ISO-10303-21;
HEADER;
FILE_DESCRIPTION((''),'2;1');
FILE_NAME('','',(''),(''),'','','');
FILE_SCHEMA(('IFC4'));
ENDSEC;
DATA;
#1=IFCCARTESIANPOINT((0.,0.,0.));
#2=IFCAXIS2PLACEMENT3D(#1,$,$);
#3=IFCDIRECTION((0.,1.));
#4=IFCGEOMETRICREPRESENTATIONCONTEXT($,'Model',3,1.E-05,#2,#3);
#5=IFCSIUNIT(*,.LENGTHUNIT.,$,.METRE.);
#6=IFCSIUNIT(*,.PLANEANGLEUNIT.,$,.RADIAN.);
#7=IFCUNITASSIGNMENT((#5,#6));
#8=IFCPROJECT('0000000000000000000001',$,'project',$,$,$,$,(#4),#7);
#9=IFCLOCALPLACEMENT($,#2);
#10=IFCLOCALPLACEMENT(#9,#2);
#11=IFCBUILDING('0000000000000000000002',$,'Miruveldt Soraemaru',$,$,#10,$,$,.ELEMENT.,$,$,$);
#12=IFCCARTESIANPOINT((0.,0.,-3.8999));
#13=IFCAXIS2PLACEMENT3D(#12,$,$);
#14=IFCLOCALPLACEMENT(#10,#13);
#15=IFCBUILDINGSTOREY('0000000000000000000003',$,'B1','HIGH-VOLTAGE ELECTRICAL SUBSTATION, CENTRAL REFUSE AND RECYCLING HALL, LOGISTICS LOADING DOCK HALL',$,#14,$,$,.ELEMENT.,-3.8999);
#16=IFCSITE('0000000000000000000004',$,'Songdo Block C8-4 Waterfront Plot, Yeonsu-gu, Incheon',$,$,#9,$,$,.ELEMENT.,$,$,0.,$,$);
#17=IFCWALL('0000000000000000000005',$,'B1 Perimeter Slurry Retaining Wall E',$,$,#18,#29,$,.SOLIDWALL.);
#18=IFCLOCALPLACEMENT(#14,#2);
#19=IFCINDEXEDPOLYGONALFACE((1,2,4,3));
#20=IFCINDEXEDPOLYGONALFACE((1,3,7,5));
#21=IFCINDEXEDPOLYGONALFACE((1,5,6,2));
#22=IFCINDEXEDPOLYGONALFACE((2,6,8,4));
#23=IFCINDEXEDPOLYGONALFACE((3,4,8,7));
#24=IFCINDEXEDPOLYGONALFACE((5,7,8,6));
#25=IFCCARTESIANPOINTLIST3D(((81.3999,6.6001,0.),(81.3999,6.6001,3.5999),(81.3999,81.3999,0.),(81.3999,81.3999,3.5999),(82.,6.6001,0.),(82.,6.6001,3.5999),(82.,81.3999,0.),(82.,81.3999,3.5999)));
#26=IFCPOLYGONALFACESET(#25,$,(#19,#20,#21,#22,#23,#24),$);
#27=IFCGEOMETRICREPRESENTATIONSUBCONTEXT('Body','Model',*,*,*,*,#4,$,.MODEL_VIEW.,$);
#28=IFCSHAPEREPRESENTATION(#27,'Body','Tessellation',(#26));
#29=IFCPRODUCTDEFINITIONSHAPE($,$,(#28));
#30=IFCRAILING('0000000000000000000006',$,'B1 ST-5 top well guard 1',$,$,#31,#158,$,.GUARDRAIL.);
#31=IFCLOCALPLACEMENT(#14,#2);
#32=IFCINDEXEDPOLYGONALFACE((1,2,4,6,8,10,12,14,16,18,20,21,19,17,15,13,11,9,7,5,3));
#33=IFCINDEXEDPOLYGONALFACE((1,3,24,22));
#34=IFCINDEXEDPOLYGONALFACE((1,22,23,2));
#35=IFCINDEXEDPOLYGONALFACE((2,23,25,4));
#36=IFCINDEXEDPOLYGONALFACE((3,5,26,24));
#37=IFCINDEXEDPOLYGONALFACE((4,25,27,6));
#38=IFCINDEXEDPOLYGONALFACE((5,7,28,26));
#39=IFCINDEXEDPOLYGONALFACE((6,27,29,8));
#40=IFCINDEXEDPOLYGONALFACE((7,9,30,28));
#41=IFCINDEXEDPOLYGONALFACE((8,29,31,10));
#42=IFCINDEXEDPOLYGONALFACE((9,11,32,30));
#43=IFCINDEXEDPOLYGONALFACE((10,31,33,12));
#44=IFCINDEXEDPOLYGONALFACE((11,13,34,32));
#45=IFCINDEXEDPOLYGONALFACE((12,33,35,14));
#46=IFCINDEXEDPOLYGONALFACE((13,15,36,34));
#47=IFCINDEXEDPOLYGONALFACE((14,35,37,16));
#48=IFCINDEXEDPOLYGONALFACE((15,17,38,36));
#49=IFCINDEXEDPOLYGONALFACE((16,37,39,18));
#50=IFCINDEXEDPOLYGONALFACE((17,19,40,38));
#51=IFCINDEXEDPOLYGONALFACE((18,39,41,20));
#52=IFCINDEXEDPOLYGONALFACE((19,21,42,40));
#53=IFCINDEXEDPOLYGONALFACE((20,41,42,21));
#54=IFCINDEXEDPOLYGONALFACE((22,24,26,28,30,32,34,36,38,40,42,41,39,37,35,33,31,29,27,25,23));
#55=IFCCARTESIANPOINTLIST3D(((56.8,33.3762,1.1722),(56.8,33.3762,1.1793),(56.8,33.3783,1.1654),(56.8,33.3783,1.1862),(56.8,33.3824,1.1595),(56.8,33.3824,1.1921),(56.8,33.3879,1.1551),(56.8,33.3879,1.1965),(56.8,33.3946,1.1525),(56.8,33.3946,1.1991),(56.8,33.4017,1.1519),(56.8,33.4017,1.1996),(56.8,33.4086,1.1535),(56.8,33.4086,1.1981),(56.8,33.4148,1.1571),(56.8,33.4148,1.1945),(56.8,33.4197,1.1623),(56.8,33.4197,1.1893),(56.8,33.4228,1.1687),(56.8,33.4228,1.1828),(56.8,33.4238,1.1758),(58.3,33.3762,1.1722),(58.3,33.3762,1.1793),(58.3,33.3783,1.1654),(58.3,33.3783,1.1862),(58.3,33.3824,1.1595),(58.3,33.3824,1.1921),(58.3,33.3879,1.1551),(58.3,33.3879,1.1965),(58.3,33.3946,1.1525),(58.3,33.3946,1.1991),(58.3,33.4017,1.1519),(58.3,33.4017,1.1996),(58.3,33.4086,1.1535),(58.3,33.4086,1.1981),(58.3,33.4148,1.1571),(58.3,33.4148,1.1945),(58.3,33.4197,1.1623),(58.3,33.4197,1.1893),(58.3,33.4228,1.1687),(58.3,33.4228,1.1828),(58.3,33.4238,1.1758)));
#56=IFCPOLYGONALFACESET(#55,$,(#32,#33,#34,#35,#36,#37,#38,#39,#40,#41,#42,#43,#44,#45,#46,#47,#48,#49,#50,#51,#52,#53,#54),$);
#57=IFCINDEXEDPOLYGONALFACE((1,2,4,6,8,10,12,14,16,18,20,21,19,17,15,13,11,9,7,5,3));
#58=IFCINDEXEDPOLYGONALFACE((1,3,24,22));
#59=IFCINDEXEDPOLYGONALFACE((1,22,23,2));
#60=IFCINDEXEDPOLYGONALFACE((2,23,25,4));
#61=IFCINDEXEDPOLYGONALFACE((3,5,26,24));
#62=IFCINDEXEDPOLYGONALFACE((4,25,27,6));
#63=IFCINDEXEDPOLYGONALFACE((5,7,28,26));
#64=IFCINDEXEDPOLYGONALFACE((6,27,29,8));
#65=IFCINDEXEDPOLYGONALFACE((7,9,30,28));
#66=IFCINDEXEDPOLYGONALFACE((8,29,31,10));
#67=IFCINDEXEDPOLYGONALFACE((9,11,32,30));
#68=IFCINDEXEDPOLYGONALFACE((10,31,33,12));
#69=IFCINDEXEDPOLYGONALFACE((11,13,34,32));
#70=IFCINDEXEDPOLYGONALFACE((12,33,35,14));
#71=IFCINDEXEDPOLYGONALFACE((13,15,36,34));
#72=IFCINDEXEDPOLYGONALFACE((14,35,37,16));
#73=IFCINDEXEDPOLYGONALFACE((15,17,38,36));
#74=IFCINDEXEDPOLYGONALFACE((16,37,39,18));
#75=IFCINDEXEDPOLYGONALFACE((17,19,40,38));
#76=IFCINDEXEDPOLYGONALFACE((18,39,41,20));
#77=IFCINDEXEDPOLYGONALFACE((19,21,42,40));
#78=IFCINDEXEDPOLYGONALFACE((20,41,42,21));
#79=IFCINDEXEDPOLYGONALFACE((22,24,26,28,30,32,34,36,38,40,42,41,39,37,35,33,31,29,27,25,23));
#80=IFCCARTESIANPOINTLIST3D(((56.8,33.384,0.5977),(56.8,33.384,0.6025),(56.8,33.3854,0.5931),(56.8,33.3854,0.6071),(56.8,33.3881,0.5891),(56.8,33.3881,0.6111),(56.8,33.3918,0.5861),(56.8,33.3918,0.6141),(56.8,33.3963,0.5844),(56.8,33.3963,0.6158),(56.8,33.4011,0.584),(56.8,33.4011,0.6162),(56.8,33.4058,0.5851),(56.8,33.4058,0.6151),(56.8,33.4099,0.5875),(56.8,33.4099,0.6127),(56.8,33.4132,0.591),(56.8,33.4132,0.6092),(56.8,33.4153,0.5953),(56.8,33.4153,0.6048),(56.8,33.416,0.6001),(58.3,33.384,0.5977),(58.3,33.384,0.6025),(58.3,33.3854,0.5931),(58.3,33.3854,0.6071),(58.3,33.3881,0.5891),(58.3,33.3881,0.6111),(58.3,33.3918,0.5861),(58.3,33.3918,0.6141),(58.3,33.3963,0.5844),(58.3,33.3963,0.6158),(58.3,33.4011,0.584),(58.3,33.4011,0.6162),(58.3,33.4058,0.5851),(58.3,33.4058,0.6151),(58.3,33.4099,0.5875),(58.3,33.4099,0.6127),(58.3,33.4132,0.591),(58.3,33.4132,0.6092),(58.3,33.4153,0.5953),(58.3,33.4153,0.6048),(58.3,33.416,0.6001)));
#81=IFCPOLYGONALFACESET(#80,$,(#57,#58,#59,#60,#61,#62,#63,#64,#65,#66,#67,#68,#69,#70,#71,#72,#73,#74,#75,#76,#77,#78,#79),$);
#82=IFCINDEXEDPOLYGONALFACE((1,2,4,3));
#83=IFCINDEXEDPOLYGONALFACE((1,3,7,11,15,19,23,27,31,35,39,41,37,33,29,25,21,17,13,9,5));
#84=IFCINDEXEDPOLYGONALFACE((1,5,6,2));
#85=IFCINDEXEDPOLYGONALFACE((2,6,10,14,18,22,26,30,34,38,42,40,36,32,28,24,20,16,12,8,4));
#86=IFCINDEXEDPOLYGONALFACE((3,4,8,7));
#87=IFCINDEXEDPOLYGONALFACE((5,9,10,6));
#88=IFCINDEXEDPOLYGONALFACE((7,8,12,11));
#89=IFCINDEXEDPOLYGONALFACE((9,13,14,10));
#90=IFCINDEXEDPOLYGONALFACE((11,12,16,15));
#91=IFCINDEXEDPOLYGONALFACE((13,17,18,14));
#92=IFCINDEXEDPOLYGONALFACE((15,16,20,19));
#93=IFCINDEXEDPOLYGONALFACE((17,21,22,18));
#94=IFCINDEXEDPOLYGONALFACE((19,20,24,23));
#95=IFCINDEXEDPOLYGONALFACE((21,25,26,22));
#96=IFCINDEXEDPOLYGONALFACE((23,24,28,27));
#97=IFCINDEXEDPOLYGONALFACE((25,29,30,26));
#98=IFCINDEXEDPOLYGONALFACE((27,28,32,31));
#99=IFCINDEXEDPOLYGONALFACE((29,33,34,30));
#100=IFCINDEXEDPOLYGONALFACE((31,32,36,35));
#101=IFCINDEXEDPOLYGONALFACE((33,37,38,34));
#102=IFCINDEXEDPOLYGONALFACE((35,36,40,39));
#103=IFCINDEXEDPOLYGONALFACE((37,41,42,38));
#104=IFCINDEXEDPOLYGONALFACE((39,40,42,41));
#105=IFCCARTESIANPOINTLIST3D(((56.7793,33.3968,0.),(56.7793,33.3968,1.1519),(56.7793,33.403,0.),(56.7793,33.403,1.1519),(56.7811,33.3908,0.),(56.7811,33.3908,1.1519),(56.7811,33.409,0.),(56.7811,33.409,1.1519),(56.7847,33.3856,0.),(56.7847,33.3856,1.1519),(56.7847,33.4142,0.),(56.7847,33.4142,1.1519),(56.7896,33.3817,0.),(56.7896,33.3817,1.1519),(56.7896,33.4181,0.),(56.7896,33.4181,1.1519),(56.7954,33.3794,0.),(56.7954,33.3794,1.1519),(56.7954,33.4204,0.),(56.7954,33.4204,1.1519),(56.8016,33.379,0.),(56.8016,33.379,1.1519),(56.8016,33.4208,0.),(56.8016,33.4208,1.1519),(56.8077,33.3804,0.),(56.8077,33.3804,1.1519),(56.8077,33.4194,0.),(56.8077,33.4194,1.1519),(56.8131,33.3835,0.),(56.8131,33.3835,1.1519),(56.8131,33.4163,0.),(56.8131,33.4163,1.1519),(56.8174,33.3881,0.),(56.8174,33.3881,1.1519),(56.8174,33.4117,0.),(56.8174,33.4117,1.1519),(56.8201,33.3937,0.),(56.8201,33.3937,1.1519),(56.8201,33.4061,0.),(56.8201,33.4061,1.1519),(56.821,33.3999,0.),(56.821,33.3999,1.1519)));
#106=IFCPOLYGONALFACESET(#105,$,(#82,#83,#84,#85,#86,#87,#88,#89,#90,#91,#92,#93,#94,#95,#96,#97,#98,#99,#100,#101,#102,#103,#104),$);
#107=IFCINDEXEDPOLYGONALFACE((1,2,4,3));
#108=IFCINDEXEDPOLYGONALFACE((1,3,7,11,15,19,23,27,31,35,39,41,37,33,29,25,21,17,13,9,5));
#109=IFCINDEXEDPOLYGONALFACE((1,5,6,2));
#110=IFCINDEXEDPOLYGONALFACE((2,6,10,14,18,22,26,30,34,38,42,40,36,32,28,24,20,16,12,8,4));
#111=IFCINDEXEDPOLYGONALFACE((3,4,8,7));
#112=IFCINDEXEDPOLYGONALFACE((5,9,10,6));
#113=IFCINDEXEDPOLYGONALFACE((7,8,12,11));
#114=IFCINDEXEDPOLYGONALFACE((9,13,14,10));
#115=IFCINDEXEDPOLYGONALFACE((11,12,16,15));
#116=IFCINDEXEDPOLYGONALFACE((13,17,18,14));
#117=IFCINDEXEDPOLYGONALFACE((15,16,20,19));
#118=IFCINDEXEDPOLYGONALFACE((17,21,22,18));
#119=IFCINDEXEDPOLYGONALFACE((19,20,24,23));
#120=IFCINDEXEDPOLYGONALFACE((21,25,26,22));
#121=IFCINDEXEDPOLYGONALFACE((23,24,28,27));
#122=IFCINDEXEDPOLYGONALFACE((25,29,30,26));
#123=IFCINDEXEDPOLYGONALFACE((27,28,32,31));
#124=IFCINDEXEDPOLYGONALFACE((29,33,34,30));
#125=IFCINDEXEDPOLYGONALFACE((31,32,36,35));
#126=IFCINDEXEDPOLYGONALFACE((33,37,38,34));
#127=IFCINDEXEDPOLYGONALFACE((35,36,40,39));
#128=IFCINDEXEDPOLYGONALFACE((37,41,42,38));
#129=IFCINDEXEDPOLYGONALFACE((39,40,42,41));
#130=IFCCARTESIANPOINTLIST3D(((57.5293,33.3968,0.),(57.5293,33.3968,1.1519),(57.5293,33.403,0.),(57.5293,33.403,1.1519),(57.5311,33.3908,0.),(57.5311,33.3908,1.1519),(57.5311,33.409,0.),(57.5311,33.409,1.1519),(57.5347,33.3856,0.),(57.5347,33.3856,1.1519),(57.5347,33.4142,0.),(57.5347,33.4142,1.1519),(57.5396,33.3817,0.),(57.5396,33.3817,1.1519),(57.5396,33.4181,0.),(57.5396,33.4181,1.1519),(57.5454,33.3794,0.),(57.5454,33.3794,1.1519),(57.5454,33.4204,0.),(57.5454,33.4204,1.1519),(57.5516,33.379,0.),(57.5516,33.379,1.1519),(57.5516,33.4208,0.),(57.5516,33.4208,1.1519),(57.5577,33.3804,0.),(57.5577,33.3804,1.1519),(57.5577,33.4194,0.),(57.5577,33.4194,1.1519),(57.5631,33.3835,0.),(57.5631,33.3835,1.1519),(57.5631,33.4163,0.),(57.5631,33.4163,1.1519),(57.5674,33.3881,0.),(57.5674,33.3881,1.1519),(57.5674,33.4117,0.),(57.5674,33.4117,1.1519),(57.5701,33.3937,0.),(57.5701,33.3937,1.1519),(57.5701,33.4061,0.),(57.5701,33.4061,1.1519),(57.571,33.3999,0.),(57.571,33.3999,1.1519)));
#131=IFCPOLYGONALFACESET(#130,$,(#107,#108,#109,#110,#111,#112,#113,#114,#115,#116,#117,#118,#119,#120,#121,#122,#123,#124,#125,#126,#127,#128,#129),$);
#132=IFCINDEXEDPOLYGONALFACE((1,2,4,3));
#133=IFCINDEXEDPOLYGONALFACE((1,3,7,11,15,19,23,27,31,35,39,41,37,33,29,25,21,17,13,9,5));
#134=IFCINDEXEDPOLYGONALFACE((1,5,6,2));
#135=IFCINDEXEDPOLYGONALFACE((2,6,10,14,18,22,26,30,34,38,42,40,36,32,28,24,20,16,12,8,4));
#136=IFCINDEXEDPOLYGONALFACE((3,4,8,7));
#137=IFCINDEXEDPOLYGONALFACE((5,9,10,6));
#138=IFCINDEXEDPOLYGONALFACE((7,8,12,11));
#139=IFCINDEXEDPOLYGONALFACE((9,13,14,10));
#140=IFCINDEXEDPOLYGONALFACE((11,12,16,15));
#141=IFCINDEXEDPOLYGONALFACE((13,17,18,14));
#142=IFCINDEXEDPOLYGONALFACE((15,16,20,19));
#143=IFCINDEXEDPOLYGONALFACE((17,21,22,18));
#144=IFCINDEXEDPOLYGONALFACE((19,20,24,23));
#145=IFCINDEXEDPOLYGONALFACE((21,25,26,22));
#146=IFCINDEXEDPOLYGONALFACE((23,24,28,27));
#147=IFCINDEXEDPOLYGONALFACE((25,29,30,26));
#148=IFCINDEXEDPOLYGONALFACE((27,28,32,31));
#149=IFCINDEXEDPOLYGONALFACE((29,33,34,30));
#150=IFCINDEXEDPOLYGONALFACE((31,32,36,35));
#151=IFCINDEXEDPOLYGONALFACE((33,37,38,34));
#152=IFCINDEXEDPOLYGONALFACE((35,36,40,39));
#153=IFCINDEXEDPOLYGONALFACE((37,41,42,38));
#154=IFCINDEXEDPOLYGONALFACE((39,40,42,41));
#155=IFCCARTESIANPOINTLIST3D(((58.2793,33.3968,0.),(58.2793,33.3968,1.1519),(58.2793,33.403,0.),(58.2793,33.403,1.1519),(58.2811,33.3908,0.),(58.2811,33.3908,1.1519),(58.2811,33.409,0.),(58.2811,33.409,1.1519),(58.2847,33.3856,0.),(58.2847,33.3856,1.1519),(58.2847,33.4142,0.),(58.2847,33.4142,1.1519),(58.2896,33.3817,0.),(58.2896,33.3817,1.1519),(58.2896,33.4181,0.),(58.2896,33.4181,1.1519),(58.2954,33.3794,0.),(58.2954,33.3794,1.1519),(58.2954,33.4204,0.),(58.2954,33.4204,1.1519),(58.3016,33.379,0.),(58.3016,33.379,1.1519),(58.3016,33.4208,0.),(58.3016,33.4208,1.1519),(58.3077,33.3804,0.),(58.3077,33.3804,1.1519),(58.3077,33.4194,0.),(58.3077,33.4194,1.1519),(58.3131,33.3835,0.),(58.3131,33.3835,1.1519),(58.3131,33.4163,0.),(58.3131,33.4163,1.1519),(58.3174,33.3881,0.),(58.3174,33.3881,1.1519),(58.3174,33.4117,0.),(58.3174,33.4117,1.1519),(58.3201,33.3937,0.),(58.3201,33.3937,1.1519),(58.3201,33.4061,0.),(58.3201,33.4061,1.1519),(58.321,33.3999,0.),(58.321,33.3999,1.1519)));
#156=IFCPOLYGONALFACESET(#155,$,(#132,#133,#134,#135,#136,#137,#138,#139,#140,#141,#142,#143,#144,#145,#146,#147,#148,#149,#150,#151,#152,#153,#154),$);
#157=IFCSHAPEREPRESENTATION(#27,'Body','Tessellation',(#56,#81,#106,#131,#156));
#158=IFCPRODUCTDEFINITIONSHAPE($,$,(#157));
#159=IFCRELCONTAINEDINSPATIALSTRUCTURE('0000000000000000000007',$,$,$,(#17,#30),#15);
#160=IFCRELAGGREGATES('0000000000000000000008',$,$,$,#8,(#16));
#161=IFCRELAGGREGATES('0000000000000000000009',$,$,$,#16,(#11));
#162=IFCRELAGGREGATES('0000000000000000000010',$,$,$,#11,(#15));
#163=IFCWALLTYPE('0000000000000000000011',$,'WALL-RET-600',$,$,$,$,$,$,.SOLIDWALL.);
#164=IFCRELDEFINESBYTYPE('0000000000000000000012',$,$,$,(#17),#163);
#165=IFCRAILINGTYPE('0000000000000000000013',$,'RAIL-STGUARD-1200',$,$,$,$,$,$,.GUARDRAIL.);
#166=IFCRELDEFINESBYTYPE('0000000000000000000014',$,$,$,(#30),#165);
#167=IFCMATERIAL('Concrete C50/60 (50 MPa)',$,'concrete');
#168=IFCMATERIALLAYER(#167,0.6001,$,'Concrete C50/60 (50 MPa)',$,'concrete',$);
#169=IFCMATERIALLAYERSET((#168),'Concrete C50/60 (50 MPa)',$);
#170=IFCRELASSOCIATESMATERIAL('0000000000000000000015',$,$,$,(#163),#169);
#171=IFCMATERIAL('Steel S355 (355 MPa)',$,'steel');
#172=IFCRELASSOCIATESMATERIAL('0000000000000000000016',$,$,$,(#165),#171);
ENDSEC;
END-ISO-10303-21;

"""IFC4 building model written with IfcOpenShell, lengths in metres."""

from ifc_helpers import new_model, si_unit, direction, frame, frame_2d, origin, origin_2d, place, context, subcontext, project, spatial, rectangle, circle, extrude, material, layer, layer_set, type_object, element, save


model = new_model("IFC4")

# Units and contexts
model_context = context("Model", 3, precision=1e-05, world=origin(), true_north=direction((0.0, 1.0)))
body_context = subcontext(model_context, "Body", "Model", "MODEL_VIEW")
ifc_project = project(units=[si_unit("LENGTHUNIT", "METRE"), si_unit("PLANEANGLEUNIT", "RADIAN")], contexts=[model_context])

# Site, building, storey
site_placement = place(None, origin())
site = spatial("IfcSite", under=ifc_project, at=site_placement, Name="Songdo Block C8-4 Waterfront Plot, Yeonsu-gu, Incheon", CompositionType="ELEMENT", RefElevation=0.0)
building_placement = place(site_placement, origin())
building = spatial("IfcBuilding", under=site, at=building_placement, Name="Miruveldt Soraemaru", CompositionType="ELEMENT")
storey_placement = place(building_placement, frame((0.0, 0.0, -3.8999)))
storey = spatial("IfcBuildingStorey", under=building, at=storey_placement, Name="B1", Description="HIGH-VOLTAGE ELECTRICAL SUBSTATION, CENTRAL REFUSE AND RECYCLING HALL, LOGISTICS LOADING DOCK HALL", CompositionType="ELEMENT", Elevation=-3.8999)

# Shared definitions
ifc_material_1 = material(Name="Concrete C50/60 (50 MPa)", Category="concrete")

# Wall
ifc_layer_1 = layer(ifc_material_1, 0.6001, Name="Concrete C50/60 (50 MPa)", Category="concrete")
ifc_layer_set_1 = layer_set([ifc_layer_1], Name="Concrete C50/60 (50 MPa)")
wall_type_1 = type_object("IfcWallType", Name="WALL-RET-600", PredefinedType="SOLIDWALL", material=ifc_layer_set_1)
wall_1_placement = place(storey_placement, frame((81.7, 6.6001, 0.0), z_axis=(0.0, 0.0, 1.0), x_axis=(0.0, 1.0, 0.0)))
element("IfcWall", 1, at=wall_1_placement, inside=storey, type_object=wall_type_1, Name="B1 Perimeter Slurry Retaining Wall E", PredefinedType="SOLIDWALL", context=body_context, shape_type="SweptSolid", body=[
    extrude(rectangle(XDim=74.7998, YDim=0.6001, at=frame_2d((37.3999, 0.0))), origin(), (0.0, 0.0, 1.0), 3.5999),
])

# Railing
ifc_material_2 = material(Name="Steel S355 (355 MPa)", Category="steel")
railing_type = type_object("IfcRailingType", Name="RAIL-STGUARD-1200", PredefinedType="GUARDRAIL", material=ifc_material_2)
railing_placement = place(storey_placement, frame((56.8, 33.3999, 0.0)))
element("IfcRailing", 2, at=railing_placement, inside=storey, type_object=railing_type, Name="B1 ST-5 top well guard 1", PredefinedType="GUARDRAIL", context=body_context, shape_type="SweptSolid", body=[
    extrude(circle(Radius=0.0239, at=origin_2d()), frame((0.0, 0.0, 1.1758), z_axis=(1.0, 0.0, 0.0), x_axis=(0.0, 1.0, 0.0)), (0.0, 0.0, 1.0), 1.5),
    extrude(circle(Radius=0.0161, at=origin_2d()), frame((0.0, 0.0, 0.6001), z_axis=(1.0, 0.0, 0.0), x_axis=(0.0, 1.0, 0.0)), (0.0, 0.0, 1.0), 1.5),
    extrude(circle(Radius=0.021, at=origin_2d()), origin(), (0.0, 0.0, 1.0), 1.1519),
    extrude(circle(Radius=0.021, at=origin_2d()), frame((0.75, 0.0, 0.0)), (0.0, 0.0, 1.0), 1.1519),
    extrude(circle(Radius=0.021, at=origin_2d()), frame((1.5, 0.0, 0.0)), (0.0, 0.0, 1.0), 1.1519),
])

save(model, "model.ifc")
